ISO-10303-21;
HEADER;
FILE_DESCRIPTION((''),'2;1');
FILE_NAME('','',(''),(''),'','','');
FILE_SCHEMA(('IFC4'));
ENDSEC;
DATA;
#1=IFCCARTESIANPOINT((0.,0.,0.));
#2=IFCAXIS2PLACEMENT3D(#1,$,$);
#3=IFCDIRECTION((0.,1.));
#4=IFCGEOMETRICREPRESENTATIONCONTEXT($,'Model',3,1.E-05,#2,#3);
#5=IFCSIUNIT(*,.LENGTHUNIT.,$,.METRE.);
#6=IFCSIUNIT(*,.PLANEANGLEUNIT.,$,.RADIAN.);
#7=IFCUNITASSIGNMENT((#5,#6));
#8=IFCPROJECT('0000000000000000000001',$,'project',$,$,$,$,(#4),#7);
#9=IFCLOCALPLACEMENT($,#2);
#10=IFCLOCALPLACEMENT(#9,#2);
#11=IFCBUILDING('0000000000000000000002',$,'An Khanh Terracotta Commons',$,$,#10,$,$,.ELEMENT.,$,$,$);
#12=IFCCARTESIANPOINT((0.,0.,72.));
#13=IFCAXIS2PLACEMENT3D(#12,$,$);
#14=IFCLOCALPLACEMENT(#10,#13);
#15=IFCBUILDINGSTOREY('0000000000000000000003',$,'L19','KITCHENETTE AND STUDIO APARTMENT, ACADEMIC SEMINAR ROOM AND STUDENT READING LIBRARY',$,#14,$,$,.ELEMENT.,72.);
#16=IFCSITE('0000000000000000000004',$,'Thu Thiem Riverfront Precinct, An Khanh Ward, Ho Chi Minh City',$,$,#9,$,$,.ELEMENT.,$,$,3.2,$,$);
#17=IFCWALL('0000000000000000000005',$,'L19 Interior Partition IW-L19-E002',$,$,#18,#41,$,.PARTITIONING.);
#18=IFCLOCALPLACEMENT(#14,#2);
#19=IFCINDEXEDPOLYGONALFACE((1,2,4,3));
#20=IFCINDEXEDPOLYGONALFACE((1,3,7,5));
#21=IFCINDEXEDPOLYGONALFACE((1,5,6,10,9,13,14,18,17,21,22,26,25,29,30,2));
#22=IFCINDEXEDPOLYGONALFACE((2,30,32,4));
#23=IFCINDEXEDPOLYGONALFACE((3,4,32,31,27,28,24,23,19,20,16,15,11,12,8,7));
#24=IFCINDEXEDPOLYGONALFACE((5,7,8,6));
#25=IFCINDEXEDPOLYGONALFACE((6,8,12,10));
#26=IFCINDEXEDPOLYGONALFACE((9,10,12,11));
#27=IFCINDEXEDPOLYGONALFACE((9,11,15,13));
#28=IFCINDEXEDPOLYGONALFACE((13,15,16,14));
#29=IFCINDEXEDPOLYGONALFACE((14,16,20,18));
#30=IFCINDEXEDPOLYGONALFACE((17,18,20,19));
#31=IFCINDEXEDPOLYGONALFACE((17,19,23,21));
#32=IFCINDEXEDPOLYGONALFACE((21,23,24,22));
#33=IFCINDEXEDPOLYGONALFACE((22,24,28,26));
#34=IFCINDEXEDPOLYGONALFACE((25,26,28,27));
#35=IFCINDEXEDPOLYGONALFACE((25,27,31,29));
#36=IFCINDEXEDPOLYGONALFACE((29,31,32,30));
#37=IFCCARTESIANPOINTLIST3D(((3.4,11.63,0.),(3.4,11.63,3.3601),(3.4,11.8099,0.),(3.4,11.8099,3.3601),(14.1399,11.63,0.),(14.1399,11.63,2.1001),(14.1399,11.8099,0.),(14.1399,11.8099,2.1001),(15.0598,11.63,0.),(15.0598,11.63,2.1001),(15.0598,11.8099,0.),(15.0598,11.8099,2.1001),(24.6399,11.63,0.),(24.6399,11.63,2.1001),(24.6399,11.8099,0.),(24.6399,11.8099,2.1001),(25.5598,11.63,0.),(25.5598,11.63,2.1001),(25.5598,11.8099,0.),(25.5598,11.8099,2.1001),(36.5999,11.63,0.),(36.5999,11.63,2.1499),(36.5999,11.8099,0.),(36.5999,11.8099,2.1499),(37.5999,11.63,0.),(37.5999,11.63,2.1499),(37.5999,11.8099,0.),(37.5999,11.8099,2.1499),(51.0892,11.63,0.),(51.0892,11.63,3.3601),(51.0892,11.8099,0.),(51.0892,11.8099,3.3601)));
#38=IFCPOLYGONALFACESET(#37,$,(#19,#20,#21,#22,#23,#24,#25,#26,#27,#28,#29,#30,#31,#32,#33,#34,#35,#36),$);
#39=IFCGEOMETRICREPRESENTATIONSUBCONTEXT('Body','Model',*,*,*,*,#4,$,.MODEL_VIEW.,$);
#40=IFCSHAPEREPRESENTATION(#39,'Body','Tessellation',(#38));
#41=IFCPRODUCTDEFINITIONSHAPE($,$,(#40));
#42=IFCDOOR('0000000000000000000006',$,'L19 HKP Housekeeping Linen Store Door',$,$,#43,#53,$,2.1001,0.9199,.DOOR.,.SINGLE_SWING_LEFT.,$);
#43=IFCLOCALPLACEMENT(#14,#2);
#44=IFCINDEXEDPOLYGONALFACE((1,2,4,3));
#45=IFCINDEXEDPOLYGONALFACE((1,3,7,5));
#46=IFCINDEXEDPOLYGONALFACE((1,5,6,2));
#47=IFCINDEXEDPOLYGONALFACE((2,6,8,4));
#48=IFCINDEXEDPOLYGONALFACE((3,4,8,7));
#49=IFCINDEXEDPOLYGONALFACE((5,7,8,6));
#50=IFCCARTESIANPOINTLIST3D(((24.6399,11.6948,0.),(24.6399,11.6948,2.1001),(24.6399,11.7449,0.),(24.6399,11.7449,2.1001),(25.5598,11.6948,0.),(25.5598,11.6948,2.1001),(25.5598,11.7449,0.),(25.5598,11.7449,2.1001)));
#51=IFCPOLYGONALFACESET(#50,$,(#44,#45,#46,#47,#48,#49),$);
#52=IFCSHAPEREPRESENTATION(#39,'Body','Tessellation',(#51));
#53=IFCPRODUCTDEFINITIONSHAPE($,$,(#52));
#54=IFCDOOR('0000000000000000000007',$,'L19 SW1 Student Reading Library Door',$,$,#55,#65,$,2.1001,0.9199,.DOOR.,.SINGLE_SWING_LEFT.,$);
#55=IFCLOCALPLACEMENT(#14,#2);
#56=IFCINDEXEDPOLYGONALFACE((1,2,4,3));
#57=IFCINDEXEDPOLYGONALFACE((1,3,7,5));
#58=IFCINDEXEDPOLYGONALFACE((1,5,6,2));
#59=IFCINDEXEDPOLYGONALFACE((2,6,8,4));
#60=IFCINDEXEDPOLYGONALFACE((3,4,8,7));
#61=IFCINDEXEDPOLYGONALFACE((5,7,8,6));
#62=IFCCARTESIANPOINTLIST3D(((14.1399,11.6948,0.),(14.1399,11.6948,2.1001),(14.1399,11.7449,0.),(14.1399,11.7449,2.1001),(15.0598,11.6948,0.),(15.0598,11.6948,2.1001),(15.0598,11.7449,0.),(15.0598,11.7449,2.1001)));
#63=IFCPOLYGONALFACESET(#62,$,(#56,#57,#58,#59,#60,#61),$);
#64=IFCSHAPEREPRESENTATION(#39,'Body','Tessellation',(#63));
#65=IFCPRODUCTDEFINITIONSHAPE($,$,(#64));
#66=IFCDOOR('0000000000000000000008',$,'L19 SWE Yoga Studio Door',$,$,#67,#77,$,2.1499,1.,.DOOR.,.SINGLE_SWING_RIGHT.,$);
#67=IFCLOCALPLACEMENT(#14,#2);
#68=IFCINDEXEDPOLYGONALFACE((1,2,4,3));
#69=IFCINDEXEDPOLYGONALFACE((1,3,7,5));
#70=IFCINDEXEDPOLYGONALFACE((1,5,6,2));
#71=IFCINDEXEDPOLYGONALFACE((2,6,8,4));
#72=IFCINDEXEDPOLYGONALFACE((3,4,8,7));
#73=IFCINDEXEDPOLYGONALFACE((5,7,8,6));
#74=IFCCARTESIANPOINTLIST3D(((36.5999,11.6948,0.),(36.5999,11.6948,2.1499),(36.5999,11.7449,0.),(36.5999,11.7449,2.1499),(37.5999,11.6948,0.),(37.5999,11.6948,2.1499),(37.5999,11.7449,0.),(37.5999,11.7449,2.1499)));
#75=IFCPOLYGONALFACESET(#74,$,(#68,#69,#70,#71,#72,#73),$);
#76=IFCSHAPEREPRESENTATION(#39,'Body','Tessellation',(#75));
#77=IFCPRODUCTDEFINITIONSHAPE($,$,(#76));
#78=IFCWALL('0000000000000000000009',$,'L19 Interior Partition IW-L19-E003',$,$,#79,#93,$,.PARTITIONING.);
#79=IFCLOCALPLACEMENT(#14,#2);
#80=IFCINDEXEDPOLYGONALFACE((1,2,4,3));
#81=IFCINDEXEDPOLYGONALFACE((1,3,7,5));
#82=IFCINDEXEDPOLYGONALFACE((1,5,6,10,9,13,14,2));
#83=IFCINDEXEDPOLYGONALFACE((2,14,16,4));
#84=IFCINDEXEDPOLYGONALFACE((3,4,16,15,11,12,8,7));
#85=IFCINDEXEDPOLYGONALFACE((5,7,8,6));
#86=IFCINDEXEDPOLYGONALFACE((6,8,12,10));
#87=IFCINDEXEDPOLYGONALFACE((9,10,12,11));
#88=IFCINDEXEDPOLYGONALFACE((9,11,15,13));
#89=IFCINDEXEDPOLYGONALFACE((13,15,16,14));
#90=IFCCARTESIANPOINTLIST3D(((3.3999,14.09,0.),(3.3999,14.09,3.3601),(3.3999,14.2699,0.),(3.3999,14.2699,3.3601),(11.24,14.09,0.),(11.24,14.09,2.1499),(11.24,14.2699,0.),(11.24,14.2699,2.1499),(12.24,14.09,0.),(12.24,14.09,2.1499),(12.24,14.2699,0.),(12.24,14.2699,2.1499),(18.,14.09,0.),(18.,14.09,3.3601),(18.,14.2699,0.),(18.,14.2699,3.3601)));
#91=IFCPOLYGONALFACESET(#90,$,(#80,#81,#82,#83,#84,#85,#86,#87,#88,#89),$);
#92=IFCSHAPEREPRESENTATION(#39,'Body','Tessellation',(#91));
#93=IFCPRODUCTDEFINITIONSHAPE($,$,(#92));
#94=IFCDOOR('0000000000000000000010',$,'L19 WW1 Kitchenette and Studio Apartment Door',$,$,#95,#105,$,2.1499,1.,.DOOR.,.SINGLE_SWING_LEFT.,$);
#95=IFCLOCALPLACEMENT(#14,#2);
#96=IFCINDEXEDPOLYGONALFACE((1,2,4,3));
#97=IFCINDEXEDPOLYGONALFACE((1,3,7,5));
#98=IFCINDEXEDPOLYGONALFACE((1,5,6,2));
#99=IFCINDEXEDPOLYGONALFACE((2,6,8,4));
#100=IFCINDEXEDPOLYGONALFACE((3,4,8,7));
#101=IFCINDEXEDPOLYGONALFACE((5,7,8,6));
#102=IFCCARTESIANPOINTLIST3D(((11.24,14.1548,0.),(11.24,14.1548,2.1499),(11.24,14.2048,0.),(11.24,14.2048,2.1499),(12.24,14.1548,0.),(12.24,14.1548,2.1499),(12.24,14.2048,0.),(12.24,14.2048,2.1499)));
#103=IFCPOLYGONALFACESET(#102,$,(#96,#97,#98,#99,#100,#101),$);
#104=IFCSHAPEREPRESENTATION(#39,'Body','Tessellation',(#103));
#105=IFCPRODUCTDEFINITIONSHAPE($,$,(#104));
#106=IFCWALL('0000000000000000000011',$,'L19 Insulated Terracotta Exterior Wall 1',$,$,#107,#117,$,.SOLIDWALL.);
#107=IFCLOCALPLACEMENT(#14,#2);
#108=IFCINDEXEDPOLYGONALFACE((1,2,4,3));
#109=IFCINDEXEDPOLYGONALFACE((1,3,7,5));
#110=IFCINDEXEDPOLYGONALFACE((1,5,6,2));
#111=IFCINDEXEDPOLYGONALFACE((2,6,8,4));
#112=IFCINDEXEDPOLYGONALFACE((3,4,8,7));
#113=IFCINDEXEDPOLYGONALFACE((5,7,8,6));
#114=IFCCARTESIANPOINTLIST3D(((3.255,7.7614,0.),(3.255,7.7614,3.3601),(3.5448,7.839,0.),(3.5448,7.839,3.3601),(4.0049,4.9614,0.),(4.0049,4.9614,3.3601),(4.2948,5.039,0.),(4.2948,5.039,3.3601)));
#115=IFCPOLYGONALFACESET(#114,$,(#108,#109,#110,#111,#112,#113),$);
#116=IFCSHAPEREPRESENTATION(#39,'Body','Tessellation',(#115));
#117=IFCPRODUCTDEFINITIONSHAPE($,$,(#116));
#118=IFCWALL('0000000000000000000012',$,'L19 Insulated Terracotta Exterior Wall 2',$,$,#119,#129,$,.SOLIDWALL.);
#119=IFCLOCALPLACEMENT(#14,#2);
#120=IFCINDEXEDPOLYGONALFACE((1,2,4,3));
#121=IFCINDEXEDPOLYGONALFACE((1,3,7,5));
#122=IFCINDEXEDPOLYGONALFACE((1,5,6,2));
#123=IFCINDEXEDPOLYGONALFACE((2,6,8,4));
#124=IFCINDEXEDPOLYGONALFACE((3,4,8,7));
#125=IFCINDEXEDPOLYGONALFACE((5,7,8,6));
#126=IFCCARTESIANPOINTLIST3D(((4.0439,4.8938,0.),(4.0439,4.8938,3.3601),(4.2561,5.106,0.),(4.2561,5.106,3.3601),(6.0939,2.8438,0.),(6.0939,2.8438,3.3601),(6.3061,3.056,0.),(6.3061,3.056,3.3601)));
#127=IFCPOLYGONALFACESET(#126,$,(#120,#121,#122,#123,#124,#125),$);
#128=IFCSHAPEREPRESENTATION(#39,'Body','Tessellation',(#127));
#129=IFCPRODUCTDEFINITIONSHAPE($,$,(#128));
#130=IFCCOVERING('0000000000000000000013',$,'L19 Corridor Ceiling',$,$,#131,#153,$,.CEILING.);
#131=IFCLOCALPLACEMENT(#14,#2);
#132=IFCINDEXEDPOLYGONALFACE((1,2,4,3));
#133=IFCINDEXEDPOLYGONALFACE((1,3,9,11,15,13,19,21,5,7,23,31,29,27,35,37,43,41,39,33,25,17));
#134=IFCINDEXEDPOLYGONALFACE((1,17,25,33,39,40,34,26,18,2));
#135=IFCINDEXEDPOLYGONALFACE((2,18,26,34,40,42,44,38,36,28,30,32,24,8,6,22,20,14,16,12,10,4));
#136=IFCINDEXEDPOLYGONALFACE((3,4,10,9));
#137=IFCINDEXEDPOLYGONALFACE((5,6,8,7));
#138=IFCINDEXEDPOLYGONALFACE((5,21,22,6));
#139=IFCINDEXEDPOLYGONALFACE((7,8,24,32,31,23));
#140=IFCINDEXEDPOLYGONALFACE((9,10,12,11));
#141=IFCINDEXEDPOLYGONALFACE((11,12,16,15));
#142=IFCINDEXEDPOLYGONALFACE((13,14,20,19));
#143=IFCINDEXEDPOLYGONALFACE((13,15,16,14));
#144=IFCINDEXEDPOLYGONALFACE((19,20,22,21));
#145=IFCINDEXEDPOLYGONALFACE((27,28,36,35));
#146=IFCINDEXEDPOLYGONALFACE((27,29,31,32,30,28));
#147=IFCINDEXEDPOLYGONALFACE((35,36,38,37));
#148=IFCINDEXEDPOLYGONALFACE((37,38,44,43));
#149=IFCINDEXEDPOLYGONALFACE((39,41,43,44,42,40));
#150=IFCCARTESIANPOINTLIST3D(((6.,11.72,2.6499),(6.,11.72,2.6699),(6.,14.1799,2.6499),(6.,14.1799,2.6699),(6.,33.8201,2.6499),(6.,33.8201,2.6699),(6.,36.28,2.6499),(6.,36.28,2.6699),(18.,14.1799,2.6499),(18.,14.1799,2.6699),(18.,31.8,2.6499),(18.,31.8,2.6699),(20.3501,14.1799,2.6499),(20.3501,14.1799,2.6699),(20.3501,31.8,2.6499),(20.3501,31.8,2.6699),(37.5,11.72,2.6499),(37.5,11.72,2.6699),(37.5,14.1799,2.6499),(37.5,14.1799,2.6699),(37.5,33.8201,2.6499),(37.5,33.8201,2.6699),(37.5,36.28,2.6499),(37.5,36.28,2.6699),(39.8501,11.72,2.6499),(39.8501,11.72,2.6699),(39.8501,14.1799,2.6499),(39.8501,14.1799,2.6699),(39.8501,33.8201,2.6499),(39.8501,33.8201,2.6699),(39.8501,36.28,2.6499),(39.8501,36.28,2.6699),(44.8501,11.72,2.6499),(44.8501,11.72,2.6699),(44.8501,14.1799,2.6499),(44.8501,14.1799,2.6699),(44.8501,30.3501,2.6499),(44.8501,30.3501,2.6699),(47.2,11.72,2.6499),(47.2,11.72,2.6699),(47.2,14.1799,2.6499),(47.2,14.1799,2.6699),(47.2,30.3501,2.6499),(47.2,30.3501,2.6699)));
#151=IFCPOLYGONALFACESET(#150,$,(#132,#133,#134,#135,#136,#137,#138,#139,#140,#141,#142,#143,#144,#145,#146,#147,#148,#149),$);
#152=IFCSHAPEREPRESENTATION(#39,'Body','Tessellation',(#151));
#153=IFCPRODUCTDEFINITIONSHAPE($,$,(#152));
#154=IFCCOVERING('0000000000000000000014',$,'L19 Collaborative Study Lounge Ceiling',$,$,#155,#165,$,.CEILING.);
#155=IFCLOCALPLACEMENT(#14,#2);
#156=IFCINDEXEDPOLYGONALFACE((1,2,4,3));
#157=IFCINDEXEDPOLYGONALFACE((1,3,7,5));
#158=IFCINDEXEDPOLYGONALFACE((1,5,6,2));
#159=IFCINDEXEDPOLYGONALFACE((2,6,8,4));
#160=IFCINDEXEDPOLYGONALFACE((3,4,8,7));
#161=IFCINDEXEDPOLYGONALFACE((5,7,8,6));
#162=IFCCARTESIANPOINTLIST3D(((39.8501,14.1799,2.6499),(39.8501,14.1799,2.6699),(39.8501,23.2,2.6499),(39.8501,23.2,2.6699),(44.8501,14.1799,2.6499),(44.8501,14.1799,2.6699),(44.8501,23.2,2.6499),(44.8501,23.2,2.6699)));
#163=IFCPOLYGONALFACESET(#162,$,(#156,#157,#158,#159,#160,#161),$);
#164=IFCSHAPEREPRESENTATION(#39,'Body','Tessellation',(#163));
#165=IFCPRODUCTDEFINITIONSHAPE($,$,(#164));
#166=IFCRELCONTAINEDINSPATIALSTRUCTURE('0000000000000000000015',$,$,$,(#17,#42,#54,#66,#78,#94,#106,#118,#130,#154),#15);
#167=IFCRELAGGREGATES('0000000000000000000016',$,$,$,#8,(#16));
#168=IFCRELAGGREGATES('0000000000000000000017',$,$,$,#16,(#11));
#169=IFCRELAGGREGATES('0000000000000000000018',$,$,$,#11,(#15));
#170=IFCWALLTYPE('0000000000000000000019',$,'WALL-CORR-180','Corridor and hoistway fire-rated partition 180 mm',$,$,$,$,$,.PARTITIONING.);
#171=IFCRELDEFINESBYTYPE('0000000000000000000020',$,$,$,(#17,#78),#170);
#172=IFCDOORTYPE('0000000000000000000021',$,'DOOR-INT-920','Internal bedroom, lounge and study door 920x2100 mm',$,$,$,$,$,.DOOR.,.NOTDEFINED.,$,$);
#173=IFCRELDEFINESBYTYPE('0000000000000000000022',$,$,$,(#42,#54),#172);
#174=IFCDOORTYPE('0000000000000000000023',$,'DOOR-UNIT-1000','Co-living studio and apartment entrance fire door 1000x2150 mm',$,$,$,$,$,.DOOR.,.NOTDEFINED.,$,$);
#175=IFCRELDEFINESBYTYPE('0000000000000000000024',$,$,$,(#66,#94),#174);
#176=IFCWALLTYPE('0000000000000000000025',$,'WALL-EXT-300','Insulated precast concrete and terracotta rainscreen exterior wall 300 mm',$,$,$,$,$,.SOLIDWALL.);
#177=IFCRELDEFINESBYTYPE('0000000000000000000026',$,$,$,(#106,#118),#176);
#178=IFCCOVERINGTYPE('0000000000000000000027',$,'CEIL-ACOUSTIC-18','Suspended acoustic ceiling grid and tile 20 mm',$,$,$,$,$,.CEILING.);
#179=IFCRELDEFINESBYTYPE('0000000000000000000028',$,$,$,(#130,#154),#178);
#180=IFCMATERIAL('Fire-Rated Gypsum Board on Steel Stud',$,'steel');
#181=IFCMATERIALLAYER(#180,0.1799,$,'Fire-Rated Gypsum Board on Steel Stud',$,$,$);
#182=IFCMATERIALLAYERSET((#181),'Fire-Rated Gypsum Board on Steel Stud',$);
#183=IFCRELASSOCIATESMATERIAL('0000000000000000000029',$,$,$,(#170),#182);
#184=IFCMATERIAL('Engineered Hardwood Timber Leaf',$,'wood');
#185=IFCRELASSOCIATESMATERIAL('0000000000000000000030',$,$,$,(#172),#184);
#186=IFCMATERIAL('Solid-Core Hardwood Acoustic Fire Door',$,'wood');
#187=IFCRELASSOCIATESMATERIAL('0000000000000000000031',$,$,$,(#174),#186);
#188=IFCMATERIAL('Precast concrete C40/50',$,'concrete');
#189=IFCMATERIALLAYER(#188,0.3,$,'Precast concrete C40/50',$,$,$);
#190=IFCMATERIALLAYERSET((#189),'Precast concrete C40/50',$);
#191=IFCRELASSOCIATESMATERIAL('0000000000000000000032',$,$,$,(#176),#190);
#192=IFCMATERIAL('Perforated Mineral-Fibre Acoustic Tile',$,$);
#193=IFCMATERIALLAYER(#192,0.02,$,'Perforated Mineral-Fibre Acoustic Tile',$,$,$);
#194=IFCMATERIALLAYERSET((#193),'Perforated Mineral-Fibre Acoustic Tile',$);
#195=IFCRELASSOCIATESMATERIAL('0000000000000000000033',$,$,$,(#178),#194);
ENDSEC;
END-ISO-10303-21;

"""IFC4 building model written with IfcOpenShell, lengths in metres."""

from ifc_helpers import new_model, si_unit, direction, frame, frame_2d, origin, place, context, subcontext, project, spatial, polyline, rectangle, outline, extrude, material, layer, layer_set, type_object, element, fill, save


model = new_model("IFC4")

# Units and contexts
model_context = context("Model", 3, precision=1e-05, world=origin(), true_north=direction((0.0, 1.0)))
body_context = subcontext(model_context, "Body", "Model", "MODEL_VIEW")
ifc_project = project(units=[si_unit("LENGTHUNIT", "METRE"), si_unit("PLANEANGLEUNIT", "RADIAN")], contexts=[model_context])

# Site, building, storey
site_placement = place(None, origin())
site = spatial("IfcSite", under=ifc_project, at=site_placement, Name="Thu Thiem Riverfront Precinct, An Khanh Ward, Ho Chi Minh City", CompositionType="ELEMENT", RefElevation=3.2)
building_placement = place(site_placement, origin())
building = spatial("IfcBuilding", under=site, at=building_placement, Name="An Khanh Terracotta Commons", CompositionType="ELEMENT")
storey_placement = place(building_placement, frame((0.0, 0.0, 72.0)))
storey = spatial("IfcBuildingStorey", under=building, at=storey_placement, Name="L19", Description="KITCHENETTE AND STUDIO APARTMENT, ACADEMIC SEMINAR ROOM AND STUDENT READING LIBRARY", CompositionType="ELEMENT", Elevation=72.0)

# Shared definitions
ifc_material_1 = material(Name="Precast concrete C40/50", Category="concrete")

# Wall, openings, doors
ifc_material_2 = material(Name="Fire-Rated Gypsum Board on Steel Stud", Category="steel")
ifc_layer_1 = layer(ifc_material_2, 0.1799, Name="Fire-Rated Gypsum Board on Steel Stud")
ifc_layer_set_1 = layer_set([ifc_layer_1], Name="Fire-Rated Gypsum Board on Steel Stud")
wall_type_1 = type_object("IfcWallType", Name="WALL-CORR-180", Description="Corridor and hoistway fire-rated partition 180 mm", PredefinedType="PARTITIONING", material=ifc_layer_set_1)
wall_1_placement = place(storey_placement, frame((3.3999, 11.72, 0.0), z_axis=(0.0, 0.0, 1.0), x_axis=(1.0, 0.0, 0.0)))
wall_1 = element("IfcWall", 1, at=wall_1_placement, inside=storey, type_object=wall_type_1, Name="L19 Interior Partition IW-L19-E002", PredefinedType="PARTITIONING", context=body_context, shape_type="SweptSolid", body=[
    extrude(rectangle(XDim=47.6892, YDim=0.1799, at=frame_2d((23.8447, 0.0))), origin(), (0.0, 0.0, 1.0), 3.3601),
])
opening_1_placement = place(wall_1_placement, frame((21.24, 0.0, 0.0)))
opening_1 = element("IfcOpeningElement", 2, at=opening_1_placement, cuts=wall_1, PredefinedType="OPENING", context=body_context, shape_type="SweptSolid", body=[
    extrude(rectangle(XDim=0.9199, YDim=2.1001, at=frame_2d((0.46, 1.05))), frame((0.0, 0.0999, 0.0), z_axis=(0.0, -1.0, 0.0), x_axis=(1.0, 0.0, 0.0)), (0.0, 0.0, 1.0), 0.2),
])
opening_2_placement = place(wall_1_placement, frame((10.74, 0.0, 0.0)))
opening_2 = element("IfcOpeningElement", 3, at=opening_2_placement, cuts=wall_1, PredefinedType="OPENING", context=body_context, shape_type="SweptSolid", body=[
    extrude(rectangle(XDim=0.9199, YDim=2.1001, at=frame_2d((0.46, 1.05))), frame((0.0, 0.0999, 0.0), z_axis=(0.0, -1.0, 0.0), x_axis=(1.0, 0.0, 0.0)), (0.0, 0.0, 1.0), 0.2),
])
opening_3_placement = place(wall_1_placement, frame((33.2, 0.0, 0.0)))
opening_3 = element("IfcOpeningElement", 4, at=opening_3_placement, cuts=wall_1, PredefinedType="OPENING", context=body_context, shape_type="SweptSolid", body=[
    extrude(rectangle(XDim=1.0, YDim=2.1499, at=frame_2d((0.5, 1.075))), frame((0.0, 0.0999, 0.0), z_axis=(0.0, -1.0, 0.0), x_axis=(1.0, 0.0, 0.0)), (0.0, 0.0, 1.0), 0.2),
])
ifc_material_3 = material(Name="Engineered Hardwood Timber Leaf", Category="wood")
door_type_1 = type_object("IfcDoorType", Name="DOOR-INT-920", Description="Internal bedroom, lounge and study door 920x2100 mm", OperationType="NOTDEFINED", PredefinedType="DOOR", material=ifc_material_3)
door_1_placement = place(opening_1_placement, origin())
door_1 = element("IfcDoor", 5, at=door_1_placement, inside=storey, type_object=door_type_1, Name="L19 HKP Housekeeping Linen Store Door", OperationType="SINGLE_SWING_LEFT", OverallHeight=2.1001, OverallWidth=0.9199, PredefinedType="DOOR", context=body_context, shape_type="SweptSolid", body=[
    extrude(rectangle(XDim=0.9199, YDim=2.1001, at=frame_2d((0.46, 1.05))), frame((0.0, 0.0249, 0.0), z_axis=(0.0, -1.0, 0.0), x_axis=(1.0, 0.0, 0.0)), (0.0, 0.0, 1.0), 0.05),
])
fill(opening_1, door_1)
door_2_placement = place(opening_2_placement, origin())
door_2 = element("IfcDoor", 6, at=door_2_placement, inside=storey, type_object=door_type_1, Name="L19 SW1 Student Reading Library Door", OperationType="SINGLE_SWING_LEFT", OverallHeight=2.1001, OverallWidth=0.9199, PredefinedType="DOOR", context=body_context, shape_type="SweptSolid", body=[
    extrude(rectangle(XDim=0.9199, YDim=2.1001, at=frame_2d((0.46, 1.05))), frame((0.0, 0.0249, 0.0), z_axis=(0.0, -1.0, 0.0), x_axis=(1.0, 0.0, 0.0)), (0.0, 0.0, 1.0), 0.05),
])
fill(opening_2, door_2)
ifc_material_4 = material(Name="Solid-Core Hardwood Acoustic Fire Door", Category="wood")
door_type_2 = type_object("IfcDoorType", Name="DOOR-UNIT-1000", Description="Co-living studio and apartment entrance fire door 1000x2150 mm", OperationType="NOTDEFINED", PredefinedType="DOOR", material=ifc_material_4)
door_3_placement = place(opening_3_placement, origin())
door_3 = element("IfcDoor", 7, at=door_3_placement, inside=storey, type_object=door_type_2, Name="L19 SWE Yoga Studio Door", OperationType="SINGLE_SWING_RIGHT", OverallHeight=2.1499, OverallWidth=1.0, PredefinedType="DOOR", context=body_context, shape_type="SweptSolid", body=[
    extrude(rectangle(XDim=1.0, YDim=2.1499, at=frame_2d((0.5, 1.075))), frame((0.0, 0.0249, 0.0), z_axis=(0.0, -1.0, 0.0), x_axis=(1.0, 0.0, 0.0)), (0.0, 0.0, 1.0), 0.05),
])
fill(opening_3, door_3)

# Wall, opening, door
wall_2_placement = place(storey_placement, frame((3.3999, 14.1799, 0.0), z_axis=(0.0, 0.0, 1.0), x_axis=(1.0, 0.0, 0.0)))
wall_2 = element("IfcWall", 8, at=wall_2_placement, inside=storey, type_object=wall_type_1, Name="L19 Interior Partition IW-L19-E003", PredefinedType="PARTITIONING", context=body_context, shape_type="SweptSolid", body=[
    extrude(rectangle(XDim=14.6001, YDim=0.1799, at=frame_2d((7.3, 0.0))), origin(), (0.0, 0.0, 1.0), 3.3601),
])
opening_4_placement = place(wall_2_placement, frame((7.8401, 0.0, 0.0)))
opening_4 = element("IfcOpeningElement", 9, at=opening_4_placement, cuts=wall_2, PredefinedType="OPENING", context=body_context, shape_type="SweptSolid", body=[
    extrude(rectangle(XDim=1.0, YDim=2.1499, at=frame_2d((0.5, 1.075))), frame((0.0, 0.0999, 0.0), z_axis=(0.0, -1.0, 0.0), x_axis=(1.0, 0.0, 0.0)), (0.0, 0.0, 1.0), 0.2),
])
door_4_placement = place(opening_4_placement, origin())
door_4 = element("IfcDoor", 10, at=door_4_placement, inside=storey, type_object=door_type_2, Name="L19 WW1 Kitchenette and Studio Apartment Door", OperationType="SINGLE_SWING_LEFT", OverallHeight=2.1499, OverallWidth=1.0, PredefinedType="DOOR", context=body_context, shape_type="SweptSolid", body=[
    extrude(rectangle(XDim=1.0, YDim=2.1499, at=frame_2d((0.5, 1.075))), frame((0.0, 0.0249, 0.0), z_axis=(0.0, -1.0, 0.0), x_axis=(1.0, 0.0, 0.0)), (0.0, 0.0, 1.0), 0.05),
])
fill(opening_4, door_4)

# Walls
ifc_layer_2 = layer(ifc_material_1, 0.3, Name="Precast concrete C40/50")
ifc_layer_set_2 = layer_set([ifc_layer_2], Name="Precast concrete C40/50")
wall_type_2 = type_object("IfcWallType", Name="WALL-EXT-300", Description="Insulated precast concrete and terracotta rainscreen exterior wall 300 mm", PredefinedType="SOLIDWALL", material=ifc_layer_set_2)
wall_3_placement = place(storey_placement, frame((3.3999, 7.8, 0.0), z_axis=(0.0, 0.0, 1.0), x_axis=(0.258732, -0.965949, 0.0)))
element("IfcWall", 11, at=wall_3_placement, inside=storey, type_object=wall_type_2, Name="L19 Insulated Terracotta Exterior Wall 1", PredefinedType="SOLIDWALL", context=body_context, shape_type="SweptSolid", body=[
    extrude(rectangle(XDim=2.8987, YDim=0.3, at=frame_2d((1.4492, 0.0))), origin(), (0.0, 0.0, 1.0), 3.3601),
])
wall_4_placement = place(storey_placement, frame((4.1499, 5.0, 0.0), z_axis=(0.0, 0.0, 1.0), x_axis=(0.707107, -0.707107, 0.0)))
element("IfcWall", 12, at=wall_4_placement, inside=storey, type_object=wall_type_2, Name="L19 Insulated Terracotta Exterior Wall 2", PredefinedType="SOLIDWALL", context=body_context, shape_type="SweptSolid", body=[
    extrude(rectangle(XDim=2.8992, YDim=0.3, at=frame_2d((1.4497, 0.0))), origin(), (0.0, 0.0, 1.0), 3.3601),
])

# Coverings
ifc_material_5 = material(Name="Perforated Mineral-Fibre Acoustic Tile")
ifc_layer_3 = layer(ifc_material_5, 0.02, Name="Perforated Mineral-Fibre Acoustic Tile")
ifc_layer_set_3 = layer_set([ifc_layer_3], Name="Perforated Mineral-Fibre Acoustic Tile")
covering_type_1 = type_object("IfcCoveringType", Name="CEIL-ACOUSTIC-18", Description="Suspended acoustic ceiling grid and tile 20 mm", PredefinedType="CEILING", material=ifc_layer_set_3)
covering_1_placement = place(storey_placement, frame((0.0, 0.0, 2.6499)))
element("IfcCovering", 13, at=covering_1_placement, inside=storey, type_object=covering_type_1, Name="L19 Corridor Ceiling", PredefinedType="CEILING", context=body_context, shape_type="SweptSolid", body=[
    extrude(outline(polyline([(44.8501, 30.3501), (47.2, 30.3501), (47.2, 14.1799), (47.2, 11.72), (44.8501, 11.72), (39.8501, 11.72), (37.5, 11.72), (6.0, 11.72), (6.0, 14.1799), (18.0, 14.1799), (18.0, 31.8), (20.3501, 31.8), (20.3501, 14.1799), (37.5, 14.1799), (37.5, 33.8201), (6.0, 33.8201), (6.0, 36.28), (37.5, 36.28), (39.8501, 36.28), (39.8501, 33.8201), (39.8501, 14.1799), (44.8501, 14.1799), (44.8501, 30.3501)])), origin(), (0.0, 0.0, 1.0), 0.02),
])
covering_2_placement = place(storey_placement, frame((0.0, 0.0, 2.6499)))
element("IfcCovering", 14, at=covering_2_placement, inside=storey, type_object=covering_type_1, Name="L19 Collaborative Study Lounge Ceiling", PredefinedType="CEILING", context=body_context, shape_type="SweptSolid", body=[
    extrude(outline(polyline([(39.8501, 23.2), (44.8501, 23.2), (44.8501, 14.1799), (39.8501, 14.1799), (39.8501, 23.2)])), origin(), (0.0, 0.0, 1.0), 0.02),
])

save(model, "model.ifc")
